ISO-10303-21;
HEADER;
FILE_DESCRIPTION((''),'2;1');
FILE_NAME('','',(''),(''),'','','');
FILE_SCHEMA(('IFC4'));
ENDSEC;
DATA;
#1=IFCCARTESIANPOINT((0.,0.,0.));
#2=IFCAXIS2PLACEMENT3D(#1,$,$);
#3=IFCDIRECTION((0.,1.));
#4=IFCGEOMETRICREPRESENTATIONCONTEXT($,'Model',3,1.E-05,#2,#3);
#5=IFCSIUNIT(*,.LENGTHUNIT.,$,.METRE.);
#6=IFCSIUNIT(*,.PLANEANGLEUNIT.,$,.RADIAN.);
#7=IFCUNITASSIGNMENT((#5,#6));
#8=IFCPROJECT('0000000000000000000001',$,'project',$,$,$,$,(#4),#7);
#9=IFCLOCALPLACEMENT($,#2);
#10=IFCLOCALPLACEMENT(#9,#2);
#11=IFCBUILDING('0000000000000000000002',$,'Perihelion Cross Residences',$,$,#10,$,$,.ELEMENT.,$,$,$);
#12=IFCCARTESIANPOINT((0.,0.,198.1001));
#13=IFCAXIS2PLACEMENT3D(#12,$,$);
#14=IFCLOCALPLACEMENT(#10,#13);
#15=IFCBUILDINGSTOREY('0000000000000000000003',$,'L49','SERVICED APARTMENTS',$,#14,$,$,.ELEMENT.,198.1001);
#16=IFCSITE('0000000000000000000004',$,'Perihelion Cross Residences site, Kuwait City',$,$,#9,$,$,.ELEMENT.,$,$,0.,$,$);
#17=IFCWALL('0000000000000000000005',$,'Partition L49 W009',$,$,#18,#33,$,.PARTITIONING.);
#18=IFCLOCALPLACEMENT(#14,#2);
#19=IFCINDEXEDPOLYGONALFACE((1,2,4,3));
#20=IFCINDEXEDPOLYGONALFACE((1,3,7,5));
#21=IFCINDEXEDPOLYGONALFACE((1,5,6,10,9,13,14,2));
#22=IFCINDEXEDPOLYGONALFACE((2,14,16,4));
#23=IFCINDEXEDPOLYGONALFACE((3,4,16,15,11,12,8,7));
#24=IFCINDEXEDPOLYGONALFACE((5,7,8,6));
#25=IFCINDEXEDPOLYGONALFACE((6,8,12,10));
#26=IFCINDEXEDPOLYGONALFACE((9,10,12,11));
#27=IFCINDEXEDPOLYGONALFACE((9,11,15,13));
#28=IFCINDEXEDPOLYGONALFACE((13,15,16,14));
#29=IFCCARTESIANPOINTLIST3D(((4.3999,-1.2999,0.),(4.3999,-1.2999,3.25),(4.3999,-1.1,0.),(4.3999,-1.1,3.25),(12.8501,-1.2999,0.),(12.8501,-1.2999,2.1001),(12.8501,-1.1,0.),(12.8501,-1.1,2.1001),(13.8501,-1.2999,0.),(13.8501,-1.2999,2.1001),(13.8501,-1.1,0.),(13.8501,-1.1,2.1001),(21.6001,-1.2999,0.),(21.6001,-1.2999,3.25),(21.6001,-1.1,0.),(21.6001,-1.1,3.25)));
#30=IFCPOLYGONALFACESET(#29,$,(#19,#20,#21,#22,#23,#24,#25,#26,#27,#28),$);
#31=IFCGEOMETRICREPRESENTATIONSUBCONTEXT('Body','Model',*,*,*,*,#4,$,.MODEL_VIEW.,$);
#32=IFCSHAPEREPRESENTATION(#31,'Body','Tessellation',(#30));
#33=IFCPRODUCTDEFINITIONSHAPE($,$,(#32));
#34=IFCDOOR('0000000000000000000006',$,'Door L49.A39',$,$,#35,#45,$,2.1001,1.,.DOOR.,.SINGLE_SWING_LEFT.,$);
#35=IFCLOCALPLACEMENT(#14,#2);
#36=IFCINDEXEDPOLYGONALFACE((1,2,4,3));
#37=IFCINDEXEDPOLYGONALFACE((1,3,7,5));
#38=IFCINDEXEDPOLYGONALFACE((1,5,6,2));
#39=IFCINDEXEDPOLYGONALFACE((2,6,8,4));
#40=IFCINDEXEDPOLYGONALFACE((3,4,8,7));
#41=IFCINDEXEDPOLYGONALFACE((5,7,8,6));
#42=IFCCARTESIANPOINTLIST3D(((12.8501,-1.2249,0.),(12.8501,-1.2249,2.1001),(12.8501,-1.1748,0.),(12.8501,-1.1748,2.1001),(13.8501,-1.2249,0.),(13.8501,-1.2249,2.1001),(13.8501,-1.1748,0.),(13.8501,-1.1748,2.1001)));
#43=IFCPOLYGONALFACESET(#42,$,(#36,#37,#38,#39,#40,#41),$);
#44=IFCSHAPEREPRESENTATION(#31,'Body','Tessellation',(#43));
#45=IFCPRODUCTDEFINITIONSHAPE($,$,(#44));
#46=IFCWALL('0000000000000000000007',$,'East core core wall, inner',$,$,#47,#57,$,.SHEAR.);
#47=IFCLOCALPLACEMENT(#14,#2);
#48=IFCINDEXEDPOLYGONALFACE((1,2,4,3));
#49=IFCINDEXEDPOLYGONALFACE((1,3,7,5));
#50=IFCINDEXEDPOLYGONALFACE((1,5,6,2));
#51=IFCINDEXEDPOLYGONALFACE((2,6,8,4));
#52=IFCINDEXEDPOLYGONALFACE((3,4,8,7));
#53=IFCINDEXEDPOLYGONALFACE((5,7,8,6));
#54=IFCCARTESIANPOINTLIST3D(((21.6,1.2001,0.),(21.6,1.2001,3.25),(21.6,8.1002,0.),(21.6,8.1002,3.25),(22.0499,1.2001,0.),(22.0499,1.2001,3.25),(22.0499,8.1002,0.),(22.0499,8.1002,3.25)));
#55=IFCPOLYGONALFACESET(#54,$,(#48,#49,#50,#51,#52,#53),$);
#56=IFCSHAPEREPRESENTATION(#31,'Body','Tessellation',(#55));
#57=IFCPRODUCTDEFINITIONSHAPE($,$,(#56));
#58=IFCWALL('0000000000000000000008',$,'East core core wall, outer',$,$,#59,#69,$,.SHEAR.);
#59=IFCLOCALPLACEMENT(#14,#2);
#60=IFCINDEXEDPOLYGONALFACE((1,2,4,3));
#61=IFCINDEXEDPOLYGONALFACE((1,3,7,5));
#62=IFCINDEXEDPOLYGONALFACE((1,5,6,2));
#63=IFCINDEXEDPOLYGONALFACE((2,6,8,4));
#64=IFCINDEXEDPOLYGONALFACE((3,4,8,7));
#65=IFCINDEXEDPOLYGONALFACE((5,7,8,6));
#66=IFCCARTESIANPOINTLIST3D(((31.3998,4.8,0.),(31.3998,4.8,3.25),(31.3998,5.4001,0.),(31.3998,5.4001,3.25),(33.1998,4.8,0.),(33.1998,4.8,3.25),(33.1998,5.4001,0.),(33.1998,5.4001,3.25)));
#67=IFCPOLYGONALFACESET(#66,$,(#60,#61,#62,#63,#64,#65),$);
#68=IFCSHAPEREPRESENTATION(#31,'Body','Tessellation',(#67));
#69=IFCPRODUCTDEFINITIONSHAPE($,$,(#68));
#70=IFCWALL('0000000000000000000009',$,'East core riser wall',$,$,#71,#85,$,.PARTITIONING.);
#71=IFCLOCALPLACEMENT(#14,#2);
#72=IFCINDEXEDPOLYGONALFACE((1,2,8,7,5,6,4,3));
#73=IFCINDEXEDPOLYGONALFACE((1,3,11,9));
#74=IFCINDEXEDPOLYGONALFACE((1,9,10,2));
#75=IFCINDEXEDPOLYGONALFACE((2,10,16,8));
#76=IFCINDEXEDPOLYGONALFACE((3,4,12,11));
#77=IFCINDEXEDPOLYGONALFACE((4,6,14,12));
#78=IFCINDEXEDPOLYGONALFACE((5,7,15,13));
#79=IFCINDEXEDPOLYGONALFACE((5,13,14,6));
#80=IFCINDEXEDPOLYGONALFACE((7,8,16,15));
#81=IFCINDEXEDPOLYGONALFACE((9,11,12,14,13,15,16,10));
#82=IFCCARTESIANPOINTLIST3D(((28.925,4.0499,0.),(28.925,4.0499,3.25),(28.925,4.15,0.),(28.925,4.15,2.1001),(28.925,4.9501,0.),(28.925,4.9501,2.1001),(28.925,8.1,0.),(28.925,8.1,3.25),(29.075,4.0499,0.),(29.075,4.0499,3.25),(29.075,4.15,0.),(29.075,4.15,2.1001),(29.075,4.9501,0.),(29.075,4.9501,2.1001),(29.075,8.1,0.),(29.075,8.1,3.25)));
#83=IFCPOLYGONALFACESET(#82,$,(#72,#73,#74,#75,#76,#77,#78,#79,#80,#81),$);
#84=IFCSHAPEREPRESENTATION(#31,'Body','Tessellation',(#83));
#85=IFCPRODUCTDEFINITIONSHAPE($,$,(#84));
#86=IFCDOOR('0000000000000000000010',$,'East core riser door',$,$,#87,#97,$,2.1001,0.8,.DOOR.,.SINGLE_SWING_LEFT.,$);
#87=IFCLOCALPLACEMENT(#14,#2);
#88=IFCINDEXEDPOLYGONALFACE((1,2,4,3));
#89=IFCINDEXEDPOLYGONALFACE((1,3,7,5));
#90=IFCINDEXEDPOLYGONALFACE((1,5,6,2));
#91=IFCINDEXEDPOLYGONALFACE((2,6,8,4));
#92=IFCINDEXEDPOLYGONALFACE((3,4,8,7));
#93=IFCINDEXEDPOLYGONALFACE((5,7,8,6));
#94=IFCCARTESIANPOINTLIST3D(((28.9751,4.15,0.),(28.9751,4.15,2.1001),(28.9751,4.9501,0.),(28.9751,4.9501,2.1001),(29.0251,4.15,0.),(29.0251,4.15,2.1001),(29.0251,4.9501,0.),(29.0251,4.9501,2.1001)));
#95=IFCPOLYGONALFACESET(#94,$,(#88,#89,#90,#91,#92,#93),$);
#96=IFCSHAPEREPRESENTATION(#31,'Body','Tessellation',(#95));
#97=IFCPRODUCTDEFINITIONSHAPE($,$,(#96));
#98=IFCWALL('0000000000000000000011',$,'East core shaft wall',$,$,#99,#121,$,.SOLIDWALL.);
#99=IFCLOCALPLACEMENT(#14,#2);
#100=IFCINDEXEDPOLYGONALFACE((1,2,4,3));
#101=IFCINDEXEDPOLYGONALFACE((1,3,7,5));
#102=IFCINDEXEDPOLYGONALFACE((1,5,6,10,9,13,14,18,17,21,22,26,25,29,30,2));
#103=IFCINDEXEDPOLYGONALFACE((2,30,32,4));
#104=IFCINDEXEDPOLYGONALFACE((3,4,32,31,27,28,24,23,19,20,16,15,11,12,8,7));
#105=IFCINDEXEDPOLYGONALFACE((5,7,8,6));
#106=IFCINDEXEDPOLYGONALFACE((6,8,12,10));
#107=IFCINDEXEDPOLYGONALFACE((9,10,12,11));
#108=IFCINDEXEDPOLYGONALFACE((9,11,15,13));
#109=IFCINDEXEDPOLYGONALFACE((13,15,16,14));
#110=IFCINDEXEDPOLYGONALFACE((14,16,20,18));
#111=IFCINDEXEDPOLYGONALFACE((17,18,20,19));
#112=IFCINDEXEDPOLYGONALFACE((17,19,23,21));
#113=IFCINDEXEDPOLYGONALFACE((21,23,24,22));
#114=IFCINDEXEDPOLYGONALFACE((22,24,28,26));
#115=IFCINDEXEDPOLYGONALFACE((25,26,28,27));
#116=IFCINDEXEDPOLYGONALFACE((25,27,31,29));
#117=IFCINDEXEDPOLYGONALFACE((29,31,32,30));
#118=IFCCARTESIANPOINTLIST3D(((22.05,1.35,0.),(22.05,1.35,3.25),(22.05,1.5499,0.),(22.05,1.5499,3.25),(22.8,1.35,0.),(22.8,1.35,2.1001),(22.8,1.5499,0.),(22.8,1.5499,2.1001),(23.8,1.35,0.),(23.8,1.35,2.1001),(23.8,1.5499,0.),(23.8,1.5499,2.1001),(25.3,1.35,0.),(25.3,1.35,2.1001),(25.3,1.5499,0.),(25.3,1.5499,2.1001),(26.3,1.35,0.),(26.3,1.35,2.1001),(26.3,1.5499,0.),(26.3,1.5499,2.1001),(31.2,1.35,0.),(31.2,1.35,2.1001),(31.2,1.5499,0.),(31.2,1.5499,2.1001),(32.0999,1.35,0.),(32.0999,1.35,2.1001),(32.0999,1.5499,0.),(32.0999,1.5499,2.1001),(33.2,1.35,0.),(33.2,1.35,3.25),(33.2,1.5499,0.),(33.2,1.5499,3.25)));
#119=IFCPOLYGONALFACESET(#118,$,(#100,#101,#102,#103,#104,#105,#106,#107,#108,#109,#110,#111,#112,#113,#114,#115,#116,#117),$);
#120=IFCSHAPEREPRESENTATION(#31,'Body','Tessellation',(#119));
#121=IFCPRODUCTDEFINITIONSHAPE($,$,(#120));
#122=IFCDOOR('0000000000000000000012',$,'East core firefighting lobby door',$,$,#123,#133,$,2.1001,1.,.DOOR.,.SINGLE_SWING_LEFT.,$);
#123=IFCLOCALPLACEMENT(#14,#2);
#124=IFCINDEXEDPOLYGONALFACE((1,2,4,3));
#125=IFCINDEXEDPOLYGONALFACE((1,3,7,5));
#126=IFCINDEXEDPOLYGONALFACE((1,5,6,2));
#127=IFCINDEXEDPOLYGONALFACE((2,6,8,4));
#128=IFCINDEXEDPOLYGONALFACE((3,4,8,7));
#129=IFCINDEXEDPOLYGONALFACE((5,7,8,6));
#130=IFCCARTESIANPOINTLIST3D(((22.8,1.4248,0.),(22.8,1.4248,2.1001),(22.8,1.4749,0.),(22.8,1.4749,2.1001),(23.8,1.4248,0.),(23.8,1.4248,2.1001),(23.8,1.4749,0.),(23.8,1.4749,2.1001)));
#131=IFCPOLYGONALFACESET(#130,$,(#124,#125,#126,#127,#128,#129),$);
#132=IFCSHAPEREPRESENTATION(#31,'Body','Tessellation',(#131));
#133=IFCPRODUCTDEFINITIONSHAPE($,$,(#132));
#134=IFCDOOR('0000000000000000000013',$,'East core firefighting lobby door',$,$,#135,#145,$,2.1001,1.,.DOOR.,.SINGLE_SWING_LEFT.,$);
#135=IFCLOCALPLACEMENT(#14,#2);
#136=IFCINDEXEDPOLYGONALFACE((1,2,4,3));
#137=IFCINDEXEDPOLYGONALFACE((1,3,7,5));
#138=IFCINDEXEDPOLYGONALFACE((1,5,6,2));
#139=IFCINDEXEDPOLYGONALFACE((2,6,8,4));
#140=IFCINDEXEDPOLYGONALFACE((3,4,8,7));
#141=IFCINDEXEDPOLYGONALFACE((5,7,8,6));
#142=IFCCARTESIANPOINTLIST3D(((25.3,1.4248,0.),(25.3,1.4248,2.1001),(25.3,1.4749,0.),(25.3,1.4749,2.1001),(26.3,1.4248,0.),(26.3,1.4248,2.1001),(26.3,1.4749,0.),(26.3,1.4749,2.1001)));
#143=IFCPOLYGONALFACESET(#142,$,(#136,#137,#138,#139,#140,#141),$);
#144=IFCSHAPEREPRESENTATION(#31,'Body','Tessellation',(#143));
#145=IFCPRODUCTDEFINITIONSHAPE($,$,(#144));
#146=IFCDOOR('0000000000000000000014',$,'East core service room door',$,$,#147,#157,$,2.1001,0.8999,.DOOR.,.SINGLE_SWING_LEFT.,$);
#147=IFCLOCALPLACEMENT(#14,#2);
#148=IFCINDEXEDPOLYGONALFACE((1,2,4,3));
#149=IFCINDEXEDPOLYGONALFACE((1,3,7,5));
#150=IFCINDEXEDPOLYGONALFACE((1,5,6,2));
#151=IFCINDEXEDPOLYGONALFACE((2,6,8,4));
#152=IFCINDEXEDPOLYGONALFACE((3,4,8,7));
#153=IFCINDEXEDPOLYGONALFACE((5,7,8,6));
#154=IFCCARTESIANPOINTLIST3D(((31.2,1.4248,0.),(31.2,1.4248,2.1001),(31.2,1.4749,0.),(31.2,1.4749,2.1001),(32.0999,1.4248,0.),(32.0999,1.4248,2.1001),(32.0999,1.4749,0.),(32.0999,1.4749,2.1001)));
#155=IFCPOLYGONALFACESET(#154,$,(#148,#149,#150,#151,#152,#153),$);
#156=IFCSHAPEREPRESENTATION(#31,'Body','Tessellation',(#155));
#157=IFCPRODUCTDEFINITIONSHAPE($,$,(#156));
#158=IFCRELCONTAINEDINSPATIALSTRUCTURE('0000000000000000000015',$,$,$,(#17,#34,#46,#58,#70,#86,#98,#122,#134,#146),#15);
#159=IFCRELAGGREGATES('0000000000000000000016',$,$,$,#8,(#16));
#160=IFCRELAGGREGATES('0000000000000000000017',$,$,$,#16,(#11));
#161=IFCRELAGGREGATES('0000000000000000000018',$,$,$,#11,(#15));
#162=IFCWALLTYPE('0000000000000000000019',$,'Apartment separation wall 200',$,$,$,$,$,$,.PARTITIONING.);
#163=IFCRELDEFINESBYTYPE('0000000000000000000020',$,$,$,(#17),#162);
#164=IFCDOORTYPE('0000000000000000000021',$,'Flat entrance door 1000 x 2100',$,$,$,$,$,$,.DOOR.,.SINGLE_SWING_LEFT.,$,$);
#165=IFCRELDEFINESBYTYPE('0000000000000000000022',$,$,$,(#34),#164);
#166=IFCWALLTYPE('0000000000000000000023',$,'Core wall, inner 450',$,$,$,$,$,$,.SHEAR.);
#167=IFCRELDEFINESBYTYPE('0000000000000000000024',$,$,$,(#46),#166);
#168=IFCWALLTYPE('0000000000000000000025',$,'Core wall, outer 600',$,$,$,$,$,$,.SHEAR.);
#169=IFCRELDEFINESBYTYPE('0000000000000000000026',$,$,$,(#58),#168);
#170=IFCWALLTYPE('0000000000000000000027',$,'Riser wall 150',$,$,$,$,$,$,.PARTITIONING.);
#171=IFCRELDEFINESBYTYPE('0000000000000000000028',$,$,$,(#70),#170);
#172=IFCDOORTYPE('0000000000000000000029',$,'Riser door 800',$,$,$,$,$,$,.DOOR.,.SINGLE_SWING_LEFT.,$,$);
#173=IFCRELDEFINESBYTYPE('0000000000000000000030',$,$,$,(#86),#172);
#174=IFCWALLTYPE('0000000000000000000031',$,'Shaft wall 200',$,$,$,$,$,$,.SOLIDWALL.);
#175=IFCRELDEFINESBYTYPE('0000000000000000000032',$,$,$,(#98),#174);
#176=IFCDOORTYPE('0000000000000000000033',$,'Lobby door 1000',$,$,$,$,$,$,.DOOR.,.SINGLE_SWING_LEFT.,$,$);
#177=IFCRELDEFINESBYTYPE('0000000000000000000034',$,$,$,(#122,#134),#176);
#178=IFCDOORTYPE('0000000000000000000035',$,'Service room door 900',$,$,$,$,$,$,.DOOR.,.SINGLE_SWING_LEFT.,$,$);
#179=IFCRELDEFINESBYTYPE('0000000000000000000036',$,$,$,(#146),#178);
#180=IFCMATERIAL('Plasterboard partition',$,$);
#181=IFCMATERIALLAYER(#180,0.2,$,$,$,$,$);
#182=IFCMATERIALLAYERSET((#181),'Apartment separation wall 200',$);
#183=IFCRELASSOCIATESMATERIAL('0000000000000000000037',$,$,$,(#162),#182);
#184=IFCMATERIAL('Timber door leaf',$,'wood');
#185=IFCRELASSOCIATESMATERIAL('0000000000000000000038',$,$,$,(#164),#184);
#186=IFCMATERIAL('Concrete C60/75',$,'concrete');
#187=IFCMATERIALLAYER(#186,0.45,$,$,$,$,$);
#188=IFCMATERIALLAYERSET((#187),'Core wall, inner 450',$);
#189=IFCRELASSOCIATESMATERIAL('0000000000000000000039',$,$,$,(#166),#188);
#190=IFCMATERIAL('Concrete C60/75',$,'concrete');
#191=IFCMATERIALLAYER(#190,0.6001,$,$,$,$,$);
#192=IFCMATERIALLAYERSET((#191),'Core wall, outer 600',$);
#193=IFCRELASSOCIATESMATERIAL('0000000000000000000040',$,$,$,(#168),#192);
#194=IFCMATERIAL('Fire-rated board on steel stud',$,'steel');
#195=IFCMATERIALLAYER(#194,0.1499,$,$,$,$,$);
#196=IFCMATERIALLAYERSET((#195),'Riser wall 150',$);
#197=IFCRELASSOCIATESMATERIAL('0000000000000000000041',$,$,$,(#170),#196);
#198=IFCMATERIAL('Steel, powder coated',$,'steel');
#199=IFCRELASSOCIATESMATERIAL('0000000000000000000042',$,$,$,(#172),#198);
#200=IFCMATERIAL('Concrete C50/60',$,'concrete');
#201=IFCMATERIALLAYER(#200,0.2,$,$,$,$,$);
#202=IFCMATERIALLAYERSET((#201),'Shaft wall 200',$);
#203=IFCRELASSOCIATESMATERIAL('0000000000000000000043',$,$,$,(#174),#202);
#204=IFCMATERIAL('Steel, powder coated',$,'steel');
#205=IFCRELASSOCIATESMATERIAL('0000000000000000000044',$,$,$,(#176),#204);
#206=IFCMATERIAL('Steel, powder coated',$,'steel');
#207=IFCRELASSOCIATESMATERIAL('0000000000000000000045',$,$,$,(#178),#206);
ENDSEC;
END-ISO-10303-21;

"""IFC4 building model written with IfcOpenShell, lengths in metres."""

from ifc_helpers import new_model, si_unit, direction, frame, frame_2d, origin, place, context, subcontext, project, spatial, rectangle, extrude, material, layer, layer_set, type_object, element, fill, save


model = new_model("IFC4")

# Units and contexts
model_context = context("Model", 3, precision=1e-05, world=origin(), true_north=direction((0.0, 1.0)))
body_context = subcontext(model_context, "Body", "Model", "MODEL_VIEW")
ifc_project = project(units=[si_unit("LENGTHUNIT", "METRE"), si_unit("PLANEANGLEUNIT", "RADIAN")], contexts=[model_context])

# Site, building, storey
site_placement = place(None, origin())
site = spatial("IfcSite", under=ifc_project, at=site_placement, Name="Perihelion Cross Residences site, Kuwait City", CompositionType="ELEMENT", RefElevation=0.0)
building_placement = place(site_placement, origin())
building = spatial("IfcBuilding", under=site, at=building_placement, Name="Perihelion Cross Residences", CompositionType="ELEMENT")
storey_placement = place(building_placement, frame((0.0, 0.0, 198.1001)))
storey = spatial("IfcBuildingStorey", under=building, at=storey_placement, Name="L49", Description="SERVICED APARTMENTS", CompositionType="ELEMENT", Elevation=198.1001)

# Wall, opening, door
ifc_material_1 = material(Name="Plasterboard partition")
ifc_layer_1 = layer(ifc_material_1, 0.2)
ifc_layer_set_1 = layer_set([ifc_layer_1], Name="Apartment separation wall 200")
wall_type_1 = type_object("IfcWallType", Name="Apartment separation wall 200", PredefinedType="PARTITIONING", material=ifc_layer_set_1)
wall_1_placement = place(storey_placement, frame((21.6001, -1.2, 0.0), z_axis=(0.0, 0.0, 1.0), x_axis=(-1.0, 0.0, 0.0)))
wall_1 = element("IfcWall", 1, at=wall_1_placement, inside=storey, type_object=wall_type_1, Name="Partition L49 W009", PredefinedType="PARTITIONING", context=body_context, shape_type="SweptSolid", body=[
    extrude(rectangle(XDim=17.2002, YDim=0.2, at=frame_2d((8.6001, 0.0))), origin(), (0.0, 0.0, 1.0), 3.25),
])
opening_1_placement = place(wall_1_placement, frame((7.75, 0.0, 0.0)))
opening_1 = element("IfcOpeningElement", 2, at=opening_1_placement, cuts=wall_1, PredefinedType="OPENING", context=body_context, shape_type="SweptSolid", body=[
    extrude(rectangle(XDim=1.0, YDim=2.1001, at=frame_2d((0.5, 1.05))), frame((0.0, 0.1099, 0.0), z_axis=(0.0, -1.0, 0.0), x_axis=(1.0, 0.0, 0.0)), (0.0, 0.0, 1.0), 0.22),
])
ifc_material_2 = material(Name="Timber door leaf", Category="wood")
door_type_1 = type_object("IfcDoorType", Name="Flat entrance door 1000 x 2100", OperationType="SINGLE_SWING_LEFT", PredefinedType="DOOR", material=ifc_material_2)
door_1_placement = place(opening_1_placement, origin())
door_1 = element("IfcDoor", 3, at=door_1_placement, inside=storey, type_object=door_type_1, Name="Door L49.A39", OperationType="SINGLE_SWING_LEFT", OverallHeight=2.1001, OverallWidth=1.0, PredefinedType="DOOR", context=body_context, shape_type="SweptSolid", body=[
    extrude(rectangle(XDim=1.0, YDim=2.1001, at=frame_2d((0.5, 1.05))), frame((0.0, 0.0249, 0.0), z_axis=(0.0, -1.0, 0.0), x_axis=(1.0, 0.0, 0.0)), (0.0, 0.0, 1.0), 0.05),
])
fill(opening_1, door_1)

# Walls
ifc_material_3 = material(Name="Concrete C60/75", Category="concrete")
ifc_layer_2 = layer(ifc_material_3, 0.45)
ifc_layer_set_2 = layer_set([ifc_layer_2], Name="Core wall, inner 450")
wall_type_2 = type_object("IfcWallType", Name="Core wall, inner 450", PredefinedType="SHEAR", material=ifc_layer_set_2)
wall_2_placement = place(storey_placement, frame((21.825, 1.2, 0.0), z_axis=(0.0, 0.0, 1.0), x_axis=(0.0, 1.0, 0.0)))
element("IfcWall", 4, at=wall_2_placement, inside=storey, type_object=wall_type_2, Name="East core core wall, inner", PredefinedType="SHEAR", context=body_context, shape_type="SweptSolid", body=[
    extrude(rectangle(XDim=6.9001, YDim=0.45, at=frame_2d((3.4502, 0.0))), origin(), (0.0, 0.0, 1.0), 3.25),
])
ifc_material_4 = material(Name="Concrete C60/75", Category="concrete")
ifc_layer_3 = layer(ifc_material_4, 0.6001)
ifc_layer_set_3 = layer_set([ifc_layer_3], Name="Core wall, outer 600")
wall_type_3 = type_object("IfcWallType", Name="Core wall, outer 600", PredefinedType="SHEAR", material=ifc_layer_set_3)
wall_3_placement = place(storey_placement, frame((31.3999, 5.1001, 0.0), z_axis=(0.0, 0.0, 1.0), x_axis=(1.0, 0.0, 0.0)))
element("IfcWall", 5, at=wall_3_placement, inside=storey, type_object=wall_type_3, Name="East core core wall, outer", PredefinedType="SHEAR", context=body_context, shape_type="SweptSolid", body=[
    extrude(rectangle(XDim=1.8, YDim=0.6001, at=frame_2d((0.8999, 0.0))), origin(), (0.0, 0.0, 1.0), 3.25),
])

# Wall, opening, door
ifc_material_5 = material(Name="Fire-rated board on steel stud", Category="steel")
ifc_layer_4 = layer(ifc_material_5, 0.1499)
ifc_layer_set_4 = layer_set([ifc_layer_4], Name="Riser wall 150")
wall_type_4 = type_object("IfcWallType", Name="Riser wall 150", PredefinedType="PARTITIONING", material=ifc_layer_set_4)
wall_4_placement = place(storey_placement, frame((29.0, 4.05, 0.0), z_axis=(0.0, 0.0, 1.0), x_axis=(0.0, 1.0, 0.0)))
wall_4 = element("IfcWall", 6, at=wall_4_placement, inside=storey, type_object=wall_type_4, Name="East core riser wall", PredefinedType="PARTITIONING", context=body_context, shape_type="SweptSolid", body=[
    extrude(rectangle(XDim=4.05, YDim=0.1499, at=frame_2d((2.0249, 0.0))), origin(), (0.0, 0.0, 1.0), 3.25),
])
opening_2_placement = place(wall_4_placement, frame((0.1001, 0.0, 0.0)))
opening_2 = element("IfcOpeningElement", 7, at=opening_2_placement, cuts=wall_4, PredefinedType="OPENING", context=body_context, shape_type="SweptSolid", body=[
    extrude(rectangle(XDim=0.8, YDim=2.1001, at=frame_2d((0.3999, 1.05))), frame((0.0, 0.085, 0.0), z_axis=(0.0, -1.0, 0.0), x_axis=(1.0, 0.0, 0.0)), (0.0, 0.0, 1.0), 0.1699),
])
ifc_material_6 = material(Name="Steel, powder coated", Category="steel")
door_type_2 = type_object("IfcDoorType", Name="Riser door 800", OperationType="SINGLE_SWING_LEFT", PredefinedType="DOOR", material=ifc_material_6)
door_2_placement = place(opening_2_placement, origin())
door_2 = element("IfcDoor", 8, at=door_2_placement, inside=storey, type_object=door_type_2, Name="East core riser door", OperationType="SINGLE_SWING_LEFT", OverallHeight=2.1001, OverallWidth=0.8, PredefinedType="DOOR", context=body_context, shape_type="SweptSolid", body=[
    extrude(rectangle(XDim=0.8, YDim=2.1001, at=frame_2d((0.3999, 1.05))), frame((0.0, 0.0249, 0.0), z_axis=(0.0, -1.0, 0.0), x_axis=(1.0, 0.0, 0.0)), (0.0, 0.0, 1.0), 0.05),
])
fill(opening_2, door_2)

# Wall, openings, doors
ifc_material_7 = material(Name="Concrete C50/60", Category="concrete")
ifc_layer_5 = layer(ifc_material_7, 0.2)
ifc_layer_set_5 = layer_set([ifc_layer_5], Name="Shaft wall 200")
wall_type_5 = type_object("IfcWallType", Name="Shaft wall 200", PredefinedType="SOLIDWALL", material=ifc_layer_set_5)
wall_5_placement = place(storey_placement, frame((22.05, 1.45, 0.0), z_axis=(0.0, 0.0, 1.0), x_axis=(1.0, 0.0, 0.0)))
wall_5 = element("IfcWall", 9, at=wall_5_placement, inside=storey, type_object=wall_type_5, Name="East core shaft wall", PredefinedType="SOLIDWALL", context=body_context, shape_type="SweptSolid", body=[
    extrude(rectangle(XDim=11.1499, YDim=0.2, at=frame_2d((5.575, 0.0))), origin(), (0.0, 0.0, 1.0), 3.25),
])
opening_3_placement = place(wall_5_placement, frame((0.75, 0.0, 0.0)))
opening_3 = element("IfcOpeningElement", 10, at=opening_3_placement, cuts=wall_5, PredefinedType="OPENING", context=body_context, shape_type="SweptSolid", body=[
    extrude(rectangle(XDim=1.0, YDim=2.1001, at=frame_2d((0.5, 1.05))), frame((0.0, 0.1099, 0.0), z_axis=(0.0, -1.0, 0.0), x_axis=(1.0, 0.0, 0.0)), (0.0, 0.0, 1.0), 0.22),
])
opening_4_placement = place(wall_5_placement, frame((3.25, 0.0, 0.0)))
opening_4 = element("IfcOpeningElement", 11, at=opening_4_placement, cuts=wall_5, PredefinedType="OPENING", context=body_context, shape_type="SweptSolid", body=[
    extrude(rectangle(XDim=1.0, YDim=2.1001, at=frame_2d((0.5, 1.05))), frame((0.0, 0.1099, 0.0), z_axis=(0.0, -1.0, 0.0), x_axis=(1.0, 0.0, 0.0)), (0.0, 0.0, 1.0), 0.22),
])
opening_5_placement = place(wall_5_placement, frame((9.1499, 0.0, 0.0)))
opening_5 = element("IfcOpeningElement", 12, at=opening_5_placement, cuts=wall_5, PredefinedType="OPENING", context=body_context, shape_type="SweptSolid", body=[
    extrude(rectangle(XDim=0.8999, YDim=2.1001, at=frame_2d((0.45, 1.05))), frame((0.0, 0.1099, 0.0), z_axis=(0.0, -1.0, 0.0), x_axis=(1.0, 0.0, 0.0)), (0.0, 0.0, 1.0), 0.22),
])
ifc_material_8 = material(Name="Steel, powder coated", Category="steel")
door_type_3 = type_object("IfcDoorType", Name="Lobby door 1000", OperationType="SINGLE_SWING_LEFT", PredefinedType="DOOR", material=ifc_material_8)
door_3_placement = place(opening_3_placement, origin())
door_3 = element("IfcDoor", 13, at=door_3_placement, inside=storey, type_object=door_type_3, Name="East core firefighting lobby door", OperationType="SINGLE_SWING_LEFT", OverallHeight=2.1001, OverallWidth=1.0, PredefinedType="DOOR", context=body_context, shape_type="SweptSolid", body=[
    extrude(rectangle(XDim=1.0, YDim=2.1001, at=frame_2d((0.5, 1.05))), frame((0.0, 0.0249, 0.0), z_axis=(0.0, -1.0, 0.0), x_axis=(1.0, 0.0, 0.0)), (0.0, 0.0, 1.0), 0.05),
])
fill(opening_3, door_3)
door_4_placement = place(opening_4_placement, origin())
door_4 = element("IfcDoor", 14, at=door_4_placement, inside=storey, type_object=door_type_3, Name="East core firefighting lobby door", OperationType="SINGLE_SWING_LEFT", OverallHeight=2.1001, OverallWidth=1.0, PredefinedType="DOOR", context=body_context, shape_type="SweptSolid", body=[
    extrude(rectangle(XDim=1.0, YDim=2.1001, at=frame_2d((0.5, 1.05))), frame((0.0, 0.0249, 0.0), z_axis=(0.0, -1.0, 0.0), x_axis=(1.0, 0.0, 0.0)), (0.0, 0.0, 1.0), 0.05),
])
fill(opening_4, door_4)
ifc_material_9 = material(Name="Steel, powder coated", Category="steel")
door_type_4 = type_object("IfcDoorType", Name="Service room door 900", OperationType="SINGLE_SWING_LEFT", PredefinedType="DOOR", material=ifc_material_9)
door_5_placement = place(opening_5_placement, origin())
door_5 = element("IfcDoor", 15, at=door_5_placement, inside=storey, type_object=door_type_4, Name="East core service room door", OperationType="SINGLE_SWING_LEFT", OverallHeight=2.1001, OverallWidth=0.8999, PredefinedType="DOOR", context=body_context, shape_type="SweptSolid", body=[
    extrude(rectangle(XDim=0.8999, YDim=2.1001, at=frame_2d((0.45, 1.05))), frame((0.0, 0.0249, 0.0), z_axis=(0.0, -1.0, 0.0), x_axis=(1.0, 0.0, 0.0)), (0.0, 0.0, 1.0), 0.05),
])
fill(opening_5, door_5)

save(model, "model.ifc")
